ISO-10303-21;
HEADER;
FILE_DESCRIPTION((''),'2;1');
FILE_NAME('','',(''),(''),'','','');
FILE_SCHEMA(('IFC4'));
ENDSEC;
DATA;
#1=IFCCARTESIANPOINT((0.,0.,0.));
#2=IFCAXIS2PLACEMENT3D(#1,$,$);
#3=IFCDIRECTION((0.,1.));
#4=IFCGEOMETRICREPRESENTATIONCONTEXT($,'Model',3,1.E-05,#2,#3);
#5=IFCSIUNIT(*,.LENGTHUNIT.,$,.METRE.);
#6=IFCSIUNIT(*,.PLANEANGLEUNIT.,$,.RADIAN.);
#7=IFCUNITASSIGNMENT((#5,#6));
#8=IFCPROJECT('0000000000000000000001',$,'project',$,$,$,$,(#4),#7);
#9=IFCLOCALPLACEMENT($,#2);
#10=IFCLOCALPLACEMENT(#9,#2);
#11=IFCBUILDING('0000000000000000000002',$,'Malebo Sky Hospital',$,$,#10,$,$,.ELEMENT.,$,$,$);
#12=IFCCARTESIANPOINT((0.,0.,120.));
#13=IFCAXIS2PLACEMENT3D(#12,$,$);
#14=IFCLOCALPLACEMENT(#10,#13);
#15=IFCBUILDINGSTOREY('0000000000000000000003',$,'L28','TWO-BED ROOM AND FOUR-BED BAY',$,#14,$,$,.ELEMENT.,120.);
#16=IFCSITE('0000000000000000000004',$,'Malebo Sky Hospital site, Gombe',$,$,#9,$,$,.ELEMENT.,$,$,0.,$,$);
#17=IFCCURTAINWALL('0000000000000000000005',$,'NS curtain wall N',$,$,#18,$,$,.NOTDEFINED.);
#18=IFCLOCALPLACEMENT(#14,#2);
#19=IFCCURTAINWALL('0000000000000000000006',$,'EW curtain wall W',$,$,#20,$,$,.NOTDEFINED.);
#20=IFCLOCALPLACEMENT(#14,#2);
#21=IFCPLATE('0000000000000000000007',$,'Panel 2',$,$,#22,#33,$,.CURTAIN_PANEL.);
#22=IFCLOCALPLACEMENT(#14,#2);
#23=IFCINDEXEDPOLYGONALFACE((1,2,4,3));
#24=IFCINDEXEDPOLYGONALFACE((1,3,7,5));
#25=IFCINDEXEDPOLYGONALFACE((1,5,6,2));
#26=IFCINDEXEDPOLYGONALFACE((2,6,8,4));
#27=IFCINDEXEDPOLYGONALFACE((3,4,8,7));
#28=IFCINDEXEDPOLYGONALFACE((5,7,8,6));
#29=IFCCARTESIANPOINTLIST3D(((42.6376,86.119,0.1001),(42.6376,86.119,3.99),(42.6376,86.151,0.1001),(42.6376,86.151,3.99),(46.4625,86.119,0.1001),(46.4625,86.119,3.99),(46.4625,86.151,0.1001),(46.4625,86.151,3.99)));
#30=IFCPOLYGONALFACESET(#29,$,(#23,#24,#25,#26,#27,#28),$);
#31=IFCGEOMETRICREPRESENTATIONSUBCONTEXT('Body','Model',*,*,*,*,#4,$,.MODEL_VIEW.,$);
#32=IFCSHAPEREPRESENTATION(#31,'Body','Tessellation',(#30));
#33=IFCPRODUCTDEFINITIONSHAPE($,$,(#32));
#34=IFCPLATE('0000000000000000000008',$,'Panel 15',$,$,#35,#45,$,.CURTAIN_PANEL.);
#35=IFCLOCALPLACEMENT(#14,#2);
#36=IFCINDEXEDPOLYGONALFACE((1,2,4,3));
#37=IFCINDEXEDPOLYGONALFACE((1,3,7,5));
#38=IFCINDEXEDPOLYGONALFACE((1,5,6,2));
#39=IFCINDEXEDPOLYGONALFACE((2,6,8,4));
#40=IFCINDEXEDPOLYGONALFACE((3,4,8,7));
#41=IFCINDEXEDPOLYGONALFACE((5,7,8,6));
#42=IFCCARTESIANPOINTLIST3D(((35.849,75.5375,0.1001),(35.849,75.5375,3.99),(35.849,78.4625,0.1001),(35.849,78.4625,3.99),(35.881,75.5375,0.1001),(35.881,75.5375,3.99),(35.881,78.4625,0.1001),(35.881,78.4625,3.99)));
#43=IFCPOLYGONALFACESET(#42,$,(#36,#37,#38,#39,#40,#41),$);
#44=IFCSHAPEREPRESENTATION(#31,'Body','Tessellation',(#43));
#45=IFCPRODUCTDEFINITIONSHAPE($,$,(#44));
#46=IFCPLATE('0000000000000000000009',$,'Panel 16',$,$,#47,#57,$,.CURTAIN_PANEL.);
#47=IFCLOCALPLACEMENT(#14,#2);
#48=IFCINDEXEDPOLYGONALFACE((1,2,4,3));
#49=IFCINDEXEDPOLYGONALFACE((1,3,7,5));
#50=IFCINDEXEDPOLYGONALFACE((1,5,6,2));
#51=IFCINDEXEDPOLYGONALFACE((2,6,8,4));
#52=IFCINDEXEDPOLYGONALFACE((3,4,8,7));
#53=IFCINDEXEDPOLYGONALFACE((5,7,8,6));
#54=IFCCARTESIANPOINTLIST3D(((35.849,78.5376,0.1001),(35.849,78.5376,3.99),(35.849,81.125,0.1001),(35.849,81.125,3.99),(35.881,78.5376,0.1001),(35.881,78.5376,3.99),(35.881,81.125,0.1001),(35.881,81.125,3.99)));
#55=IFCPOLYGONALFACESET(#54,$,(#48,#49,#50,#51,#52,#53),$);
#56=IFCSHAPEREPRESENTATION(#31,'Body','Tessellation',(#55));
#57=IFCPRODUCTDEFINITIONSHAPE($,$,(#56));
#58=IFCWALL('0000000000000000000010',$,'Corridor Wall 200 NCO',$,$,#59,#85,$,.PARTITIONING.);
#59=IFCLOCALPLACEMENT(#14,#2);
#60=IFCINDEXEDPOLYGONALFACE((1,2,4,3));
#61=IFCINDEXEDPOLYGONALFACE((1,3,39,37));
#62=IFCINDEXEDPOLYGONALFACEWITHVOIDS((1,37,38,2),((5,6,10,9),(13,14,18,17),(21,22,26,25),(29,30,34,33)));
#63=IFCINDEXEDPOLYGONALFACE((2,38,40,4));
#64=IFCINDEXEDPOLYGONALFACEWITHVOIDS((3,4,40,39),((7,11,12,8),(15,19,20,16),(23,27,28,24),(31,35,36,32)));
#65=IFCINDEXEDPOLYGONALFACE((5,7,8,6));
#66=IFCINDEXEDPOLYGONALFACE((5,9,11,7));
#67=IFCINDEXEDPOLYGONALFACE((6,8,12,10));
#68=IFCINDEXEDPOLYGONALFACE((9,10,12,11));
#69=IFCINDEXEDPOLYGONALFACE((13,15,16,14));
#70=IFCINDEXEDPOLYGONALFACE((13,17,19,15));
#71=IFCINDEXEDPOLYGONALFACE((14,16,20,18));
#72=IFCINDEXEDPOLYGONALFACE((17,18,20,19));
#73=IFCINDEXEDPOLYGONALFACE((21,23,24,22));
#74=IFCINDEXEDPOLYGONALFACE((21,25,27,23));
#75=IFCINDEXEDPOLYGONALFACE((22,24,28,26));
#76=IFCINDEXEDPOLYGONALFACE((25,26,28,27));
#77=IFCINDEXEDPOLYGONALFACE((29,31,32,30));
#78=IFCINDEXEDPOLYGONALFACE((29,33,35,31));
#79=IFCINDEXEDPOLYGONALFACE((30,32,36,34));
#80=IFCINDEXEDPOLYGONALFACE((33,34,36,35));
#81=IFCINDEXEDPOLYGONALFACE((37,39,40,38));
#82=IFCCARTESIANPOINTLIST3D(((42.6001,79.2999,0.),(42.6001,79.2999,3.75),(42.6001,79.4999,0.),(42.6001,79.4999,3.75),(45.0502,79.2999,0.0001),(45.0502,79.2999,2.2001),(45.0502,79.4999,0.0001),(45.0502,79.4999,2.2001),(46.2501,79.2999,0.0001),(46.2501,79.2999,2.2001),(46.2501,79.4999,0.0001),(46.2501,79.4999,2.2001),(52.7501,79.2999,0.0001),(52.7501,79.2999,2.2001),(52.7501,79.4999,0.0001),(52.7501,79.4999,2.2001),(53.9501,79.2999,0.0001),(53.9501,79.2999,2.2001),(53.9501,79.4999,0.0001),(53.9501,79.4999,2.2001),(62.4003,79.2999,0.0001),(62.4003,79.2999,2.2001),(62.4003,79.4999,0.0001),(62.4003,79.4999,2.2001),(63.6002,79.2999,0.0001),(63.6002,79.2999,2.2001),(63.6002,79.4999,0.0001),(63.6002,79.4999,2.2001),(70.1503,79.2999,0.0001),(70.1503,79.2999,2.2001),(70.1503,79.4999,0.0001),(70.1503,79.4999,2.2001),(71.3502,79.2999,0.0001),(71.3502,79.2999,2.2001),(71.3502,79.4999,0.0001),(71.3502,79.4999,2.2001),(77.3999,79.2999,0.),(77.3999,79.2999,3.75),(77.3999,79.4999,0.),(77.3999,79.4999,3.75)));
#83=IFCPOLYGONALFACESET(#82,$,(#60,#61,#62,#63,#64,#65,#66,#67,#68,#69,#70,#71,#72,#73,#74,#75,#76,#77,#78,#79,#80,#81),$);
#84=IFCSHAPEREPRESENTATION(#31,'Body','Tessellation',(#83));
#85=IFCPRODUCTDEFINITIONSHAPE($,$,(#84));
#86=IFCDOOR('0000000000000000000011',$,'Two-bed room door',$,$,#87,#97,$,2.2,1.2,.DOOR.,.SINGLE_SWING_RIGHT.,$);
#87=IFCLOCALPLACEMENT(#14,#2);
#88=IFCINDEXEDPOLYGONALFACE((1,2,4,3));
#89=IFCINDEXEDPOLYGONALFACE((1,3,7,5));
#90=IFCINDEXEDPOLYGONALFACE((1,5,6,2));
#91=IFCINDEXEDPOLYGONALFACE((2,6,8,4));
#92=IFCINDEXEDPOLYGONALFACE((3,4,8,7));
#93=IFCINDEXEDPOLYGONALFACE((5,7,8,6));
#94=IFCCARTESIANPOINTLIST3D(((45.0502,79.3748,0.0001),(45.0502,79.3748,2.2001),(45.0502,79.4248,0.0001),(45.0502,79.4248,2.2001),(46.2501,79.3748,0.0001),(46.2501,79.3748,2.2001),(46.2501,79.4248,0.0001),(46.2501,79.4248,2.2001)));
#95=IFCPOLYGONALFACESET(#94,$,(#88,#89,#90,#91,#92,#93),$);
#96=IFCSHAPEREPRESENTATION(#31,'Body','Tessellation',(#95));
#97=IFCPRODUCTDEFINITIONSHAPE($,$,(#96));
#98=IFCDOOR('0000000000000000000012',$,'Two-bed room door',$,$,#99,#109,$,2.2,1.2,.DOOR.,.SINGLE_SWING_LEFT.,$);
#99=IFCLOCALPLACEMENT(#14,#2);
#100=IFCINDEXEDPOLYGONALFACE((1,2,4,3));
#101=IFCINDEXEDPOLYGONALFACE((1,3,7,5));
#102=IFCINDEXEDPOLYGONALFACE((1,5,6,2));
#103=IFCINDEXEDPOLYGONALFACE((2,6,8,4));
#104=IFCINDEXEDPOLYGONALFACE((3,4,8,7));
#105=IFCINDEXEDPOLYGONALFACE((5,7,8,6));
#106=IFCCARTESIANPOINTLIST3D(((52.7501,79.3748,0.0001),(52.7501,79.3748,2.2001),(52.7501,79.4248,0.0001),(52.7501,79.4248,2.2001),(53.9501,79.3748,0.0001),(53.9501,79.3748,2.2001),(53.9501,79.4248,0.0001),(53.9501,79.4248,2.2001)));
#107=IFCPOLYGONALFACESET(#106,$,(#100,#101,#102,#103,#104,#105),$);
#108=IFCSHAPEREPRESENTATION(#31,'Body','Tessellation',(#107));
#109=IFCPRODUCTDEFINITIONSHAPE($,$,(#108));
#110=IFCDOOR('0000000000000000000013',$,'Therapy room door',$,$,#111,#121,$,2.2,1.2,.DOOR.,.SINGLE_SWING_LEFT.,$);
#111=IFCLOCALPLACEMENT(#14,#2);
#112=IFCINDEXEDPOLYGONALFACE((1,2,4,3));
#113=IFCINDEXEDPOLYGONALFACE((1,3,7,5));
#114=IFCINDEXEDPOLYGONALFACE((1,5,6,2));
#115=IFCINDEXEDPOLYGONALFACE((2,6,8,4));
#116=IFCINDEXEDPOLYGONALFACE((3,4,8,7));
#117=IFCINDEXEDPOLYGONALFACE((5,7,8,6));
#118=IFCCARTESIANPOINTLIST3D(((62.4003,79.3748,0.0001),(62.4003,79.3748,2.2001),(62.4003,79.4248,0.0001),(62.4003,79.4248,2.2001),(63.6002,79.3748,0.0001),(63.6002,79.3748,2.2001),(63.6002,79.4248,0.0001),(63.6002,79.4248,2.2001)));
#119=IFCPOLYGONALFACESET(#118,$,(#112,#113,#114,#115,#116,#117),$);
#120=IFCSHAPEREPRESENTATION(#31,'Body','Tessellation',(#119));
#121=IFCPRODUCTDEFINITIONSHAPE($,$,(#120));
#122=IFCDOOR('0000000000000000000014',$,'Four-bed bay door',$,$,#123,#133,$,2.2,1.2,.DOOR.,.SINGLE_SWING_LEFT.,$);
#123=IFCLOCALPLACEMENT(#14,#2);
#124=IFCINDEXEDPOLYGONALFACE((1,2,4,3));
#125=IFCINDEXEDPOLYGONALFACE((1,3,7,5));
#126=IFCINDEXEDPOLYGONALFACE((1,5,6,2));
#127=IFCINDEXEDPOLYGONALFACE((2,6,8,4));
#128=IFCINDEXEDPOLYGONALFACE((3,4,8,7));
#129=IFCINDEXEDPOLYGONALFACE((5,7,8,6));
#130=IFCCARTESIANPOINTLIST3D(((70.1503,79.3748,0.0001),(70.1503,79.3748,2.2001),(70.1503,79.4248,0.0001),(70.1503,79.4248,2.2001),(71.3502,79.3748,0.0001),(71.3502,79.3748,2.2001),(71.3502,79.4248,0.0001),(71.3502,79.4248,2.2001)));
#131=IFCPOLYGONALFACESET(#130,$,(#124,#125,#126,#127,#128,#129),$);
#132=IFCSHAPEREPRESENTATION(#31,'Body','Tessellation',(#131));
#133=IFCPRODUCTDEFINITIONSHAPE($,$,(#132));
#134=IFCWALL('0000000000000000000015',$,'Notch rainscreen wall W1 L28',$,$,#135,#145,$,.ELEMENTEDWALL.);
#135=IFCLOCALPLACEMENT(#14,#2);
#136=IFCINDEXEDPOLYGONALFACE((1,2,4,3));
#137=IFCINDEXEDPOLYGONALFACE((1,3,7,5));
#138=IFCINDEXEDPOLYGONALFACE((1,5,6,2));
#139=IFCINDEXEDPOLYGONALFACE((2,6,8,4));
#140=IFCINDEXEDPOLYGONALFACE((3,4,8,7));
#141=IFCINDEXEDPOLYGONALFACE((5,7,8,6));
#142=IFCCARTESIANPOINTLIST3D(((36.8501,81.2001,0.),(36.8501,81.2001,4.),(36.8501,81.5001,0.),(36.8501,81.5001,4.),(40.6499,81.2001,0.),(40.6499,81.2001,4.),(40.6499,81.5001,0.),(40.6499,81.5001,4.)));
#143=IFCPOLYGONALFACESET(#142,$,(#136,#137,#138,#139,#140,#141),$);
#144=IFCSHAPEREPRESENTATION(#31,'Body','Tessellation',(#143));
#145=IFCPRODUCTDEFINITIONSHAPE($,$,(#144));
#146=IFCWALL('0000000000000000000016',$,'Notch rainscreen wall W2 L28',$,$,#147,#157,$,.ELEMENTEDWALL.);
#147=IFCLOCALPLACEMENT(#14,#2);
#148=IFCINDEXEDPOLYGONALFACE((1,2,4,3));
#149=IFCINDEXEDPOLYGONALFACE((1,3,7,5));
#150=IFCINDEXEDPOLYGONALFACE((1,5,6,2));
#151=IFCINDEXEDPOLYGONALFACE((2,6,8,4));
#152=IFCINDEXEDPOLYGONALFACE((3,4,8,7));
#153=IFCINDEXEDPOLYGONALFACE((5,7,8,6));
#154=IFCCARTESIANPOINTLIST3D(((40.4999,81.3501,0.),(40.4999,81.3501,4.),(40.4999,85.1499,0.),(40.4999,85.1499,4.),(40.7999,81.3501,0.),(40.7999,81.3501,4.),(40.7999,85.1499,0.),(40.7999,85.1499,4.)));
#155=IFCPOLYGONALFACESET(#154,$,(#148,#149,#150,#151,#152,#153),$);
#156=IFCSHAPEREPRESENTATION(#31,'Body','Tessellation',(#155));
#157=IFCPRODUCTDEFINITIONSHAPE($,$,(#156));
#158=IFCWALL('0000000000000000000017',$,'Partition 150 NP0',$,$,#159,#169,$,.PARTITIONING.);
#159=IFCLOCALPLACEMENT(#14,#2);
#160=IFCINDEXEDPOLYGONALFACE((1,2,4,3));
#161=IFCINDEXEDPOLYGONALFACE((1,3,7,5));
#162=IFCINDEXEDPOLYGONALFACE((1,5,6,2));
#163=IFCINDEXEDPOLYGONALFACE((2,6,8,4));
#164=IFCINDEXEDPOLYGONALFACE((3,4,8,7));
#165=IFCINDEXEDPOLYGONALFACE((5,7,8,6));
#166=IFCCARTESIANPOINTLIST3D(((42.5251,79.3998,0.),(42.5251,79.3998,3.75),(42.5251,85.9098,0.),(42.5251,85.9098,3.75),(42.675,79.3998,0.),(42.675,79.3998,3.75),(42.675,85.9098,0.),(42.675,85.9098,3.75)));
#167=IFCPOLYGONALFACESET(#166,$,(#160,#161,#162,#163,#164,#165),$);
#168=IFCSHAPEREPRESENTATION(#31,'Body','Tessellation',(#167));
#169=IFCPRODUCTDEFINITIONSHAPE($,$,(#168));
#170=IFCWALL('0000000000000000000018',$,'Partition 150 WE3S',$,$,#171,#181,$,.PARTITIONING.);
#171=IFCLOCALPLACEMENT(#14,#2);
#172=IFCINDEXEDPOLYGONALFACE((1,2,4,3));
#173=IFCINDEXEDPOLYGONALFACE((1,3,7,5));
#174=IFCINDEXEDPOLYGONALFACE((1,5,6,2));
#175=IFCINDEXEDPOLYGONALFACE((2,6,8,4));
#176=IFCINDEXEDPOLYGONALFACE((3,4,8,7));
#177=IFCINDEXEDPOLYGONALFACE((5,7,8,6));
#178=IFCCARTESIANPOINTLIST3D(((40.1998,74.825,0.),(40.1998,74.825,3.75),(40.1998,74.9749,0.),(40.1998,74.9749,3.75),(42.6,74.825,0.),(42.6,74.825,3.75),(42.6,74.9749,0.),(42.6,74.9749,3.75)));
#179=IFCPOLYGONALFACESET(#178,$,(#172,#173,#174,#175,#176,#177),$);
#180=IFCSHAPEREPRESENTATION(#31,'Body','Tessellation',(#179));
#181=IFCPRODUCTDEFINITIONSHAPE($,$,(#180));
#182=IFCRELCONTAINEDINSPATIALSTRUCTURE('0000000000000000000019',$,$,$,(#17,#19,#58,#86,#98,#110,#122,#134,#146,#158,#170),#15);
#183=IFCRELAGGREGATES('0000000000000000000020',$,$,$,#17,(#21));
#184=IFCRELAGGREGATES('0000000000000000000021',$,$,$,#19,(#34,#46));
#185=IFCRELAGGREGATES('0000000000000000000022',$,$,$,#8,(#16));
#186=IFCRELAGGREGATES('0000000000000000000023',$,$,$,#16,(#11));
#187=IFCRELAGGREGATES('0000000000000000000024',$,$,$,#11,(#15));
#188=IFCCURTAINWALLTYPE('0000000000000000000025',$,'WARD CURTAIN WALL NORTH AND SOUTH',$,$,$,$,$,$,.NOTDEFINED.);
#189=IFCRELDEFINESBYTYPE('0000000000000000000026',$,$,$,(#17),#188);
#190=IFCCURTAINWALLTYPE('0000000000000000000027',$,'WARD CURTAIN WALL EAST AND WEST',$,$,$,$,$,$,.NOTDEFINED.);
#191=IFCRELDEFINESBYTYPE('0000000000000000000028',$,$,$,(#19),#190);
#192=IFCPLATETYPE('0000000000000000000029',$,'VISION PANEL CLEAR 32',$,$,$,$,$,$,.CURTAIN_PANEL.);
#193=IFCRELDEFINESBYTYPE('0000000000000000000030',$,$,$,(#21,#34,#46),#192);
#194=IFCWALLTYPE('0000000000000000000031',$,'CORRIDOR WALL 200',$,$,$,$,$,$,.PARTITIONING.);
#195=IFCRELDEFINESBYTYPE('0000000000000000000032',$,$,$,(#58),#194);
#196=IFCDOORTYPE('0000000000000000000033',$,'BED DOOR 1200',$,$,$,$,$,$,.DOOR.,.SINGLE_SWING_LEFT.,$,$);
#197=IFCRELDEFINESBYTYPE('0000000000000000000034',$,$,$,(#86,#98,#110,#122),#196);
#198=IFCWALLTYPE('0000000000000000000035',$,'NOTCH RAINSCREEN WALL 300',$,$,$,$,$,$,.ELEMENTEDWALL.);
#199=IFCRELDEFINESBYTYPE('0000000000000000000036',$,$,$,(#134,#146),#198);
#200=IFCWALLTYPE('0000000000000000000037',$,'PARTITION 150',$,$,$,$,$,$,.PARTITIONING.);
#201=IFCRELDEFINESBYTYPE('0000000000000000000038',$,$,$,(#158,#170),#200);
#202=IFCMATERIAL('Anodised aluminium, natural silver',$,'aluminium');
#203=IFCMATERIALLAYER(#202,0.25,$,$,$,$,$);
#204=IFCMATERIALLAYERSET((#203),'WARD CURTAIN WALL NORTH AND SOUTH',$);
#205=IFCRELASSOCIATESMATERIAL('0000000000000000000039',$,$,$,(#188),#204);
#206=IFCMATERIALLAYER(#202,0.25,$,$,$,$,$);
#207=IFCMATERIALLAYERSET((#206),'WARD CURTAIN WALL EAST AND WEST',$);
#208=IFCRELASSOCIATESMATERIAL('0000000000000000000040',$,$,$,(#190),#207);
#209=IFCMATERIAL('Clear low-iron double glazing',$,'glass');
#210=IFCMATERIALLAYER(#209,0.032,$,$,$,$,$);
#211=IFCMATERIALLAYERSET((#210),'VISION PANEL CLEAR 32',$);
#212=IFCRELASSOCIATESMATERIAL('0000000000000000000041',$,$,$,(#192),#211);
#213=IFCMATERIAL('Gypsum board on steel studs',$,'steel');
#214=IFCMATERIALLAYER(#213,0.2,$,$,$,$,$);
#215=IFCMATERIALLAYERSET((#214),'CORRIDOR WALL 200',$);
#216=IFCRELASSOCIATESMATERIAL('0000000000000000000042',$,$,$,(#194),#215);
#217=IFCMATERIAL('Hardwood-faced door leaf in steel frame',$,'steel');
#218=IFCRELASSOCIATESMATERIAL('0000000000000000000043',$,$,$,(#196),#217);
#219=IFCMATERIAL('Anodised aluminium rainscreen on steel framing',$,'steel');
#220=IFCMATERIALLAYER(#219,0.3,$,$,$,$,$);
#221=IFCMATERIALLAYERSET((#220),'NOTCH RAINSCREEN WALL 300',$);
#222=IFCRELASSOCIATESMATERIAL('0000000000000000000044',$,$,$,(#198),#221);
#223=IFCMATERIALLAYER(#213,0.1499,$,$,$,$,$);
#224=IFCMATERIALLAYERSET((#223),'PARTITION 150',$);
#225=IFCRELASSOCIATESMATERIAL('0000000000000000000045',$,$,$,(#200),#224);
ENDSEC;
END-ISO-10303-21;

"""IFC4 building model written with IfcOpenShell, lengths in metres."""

from ifc_helpers import new_model, si_unit, direction, frame, frame_2d, origin, origin_2d, place, context, subcontext, project, spatial, rectangle, extrude, material, layer, layer_set, type_object, element, fill, aggregate, save


model = new_model("IFC4")

# Units and contexts
model_context = context("Model", 3, precision=1e-05, world=origin(), true_north=direction((0.0, 1.0)))
body_context = subcontext(model_context, "Body", "Model", "MODEL_VIEW")
ifc_project = project(units=[si_unit("LENGTHUNIT", "METRE"), si_unit("PLANEANGLEUNIT", "RADIAN")], contexts=[model_context])

# Site, building, storey
site_placement = place(None, origin())
site = spatial("IfcSite", under=ifc_project, at=site_placement, Name="Malebo Sky Hospital site, Gombe", CompositionType="ELEMENT", RefElevation=0.0)
building_placement = place(site_placement, origin())
building = spatial("IfcBuilding", under=site, at=building_placement, Name="Malebo Sky Hospital", CompositionType="ELEMENT")
storey_placement = place(building_placement, frame((0.0, 0.0, 120.0)))
storey = spatial("IfcBuildingStorey", under=building, at=storey_placement, Name="L28", Description="TWO-BED ROOM AND FOUR-BED BAY", CompositionType="ELEMENT", Elevation=120.0)

# Curtain walls
ifc_material_1 = material(Name="Anodised aluminium, natural silver", Category="aluminium")
ifc_layer_1 = layer(ifc_material_1, 0.25)
ifc_layer_set_1 = layer_set([ifc_layer_1], Name="WARD CURTAIN WALL NORTH AND SOUTH")
curtain_wall_type_1 = type_object("IfcCurtainWallType", Name="WARD CURTAIN WALL NORTH AND SOUTH", PredefinedType="NOTDEFINED", material=ifc_layer_set_1)
curtain_wall_1_placement = place(storey_placement, origin())
curtain_wall_1 = element("IfcCurtainWall", 1, at=curtain_wall_1_placement, inside=storey, type_object=curtain_wall_type_1, Name="NS curtain wall N", PredefinedType="NOTDEFINED")
ifc_layer_2 = layer(ifc_material_1, 0.25)
ifc_layer_set_2 = layer_set([ifc_layer_2], Name="WARD CURTAIN WALL EAST AND WEST")
curtain_wall_type_2 = type_object("IfcCurtainWallType", Name="WARD CURTAIN WALL EAST AND WEST", PredefinedType="NOTDEFINED", material=ifc_layer_set_2)
curtain_wall_2_placement = place(storey_placement, origin())
curtain_wall_2 = element("IfcCurtainWall", 2, at=curtain_wall_2_placement, inside=storey, type_object=curtain_wall_type_2, Name="EW curtain wall W", PredefinedType="NOTDEFINED")

# Plates
ifc_material_2 = material(Name="Clear low-iron double glazing", Category="glass")
ifc_layer_3 = layer(ifc_material_2, 0.032)
ifc_layer_set_3 = layer_set([ifc_layer_3], Name="VISION PANEL CLEAR 32")
plate_type = type_object("IfcPlateType", Name="VISION PANEL CLEAR 32", PredefinedType="CURTAIN_PANEL", material=ifc_layer_set_3)
plate_1_placement = place(storey_placement, frame((44.55, 86.135, 0.1001), z_axis=(0.0, 0.0, 1.0), x_axis=(1.0, 0.0, 0.0)))
plate_1 = element("IfcPlate", 3, at=plate_1_placement, type_object=plate_type, Name="Panel 2", PredefinedType="CURTAIN_PANEL", context=body_context, shape_type="SweptSolid", body=[
    extrude(rectangle(XDim=3.825, YDim=0.032, at=origin_2d()), origin(), (0.0, 0.0, 1.0), 3.8899),
])
aggregate(curtain_wall_1, [plate_1])
plate_2_placement = place(storey_placement, frame((35.865, 77.0, 0.1001), z_axis=(0.0, 0.0, 1.0), x_axis=(0.0, 1.0, 0.0)))
plate_2 = element("IfcPlate", 4, at=plate_2_placement, type_object=plate_type, Name="Panel 15", PredefinedType="CURTAIN_PANEL", context=body_context, shape_type="SweptSolid", body=[
    extrude(rectangle(XDim=2.925, YDim=0.032, at=origin_2d()), origin(), (0.0, 0.0, 1.0), 3.8899),
])
plate_3_placement = place(storey_placement, frame((35.865, 79.8313, 0.1001), z_axis=(0.0, 0.0, 1.0), x_axis=(0.0, 1.0, 0.0)))
plate_3 = element("IfcPlate", 5, at=plate_3_placement, type_object=plate_type, Name="Panel 16", PredefinedType="CURTAIN_PANEL", context=body_context, shape_type="SweptSolid", body=[
    extrude(rectangle(XDim=2.5874, YDim=0.032, at=origin_2d()), origin(), (0.0, 0.0, 1.0), 3.8899),
])
aggregate(curtain_wall_2, [plate_2, plate_3])

# Wall, openings, doors
ifc_material_3 = material(Name="Gypsum board on steel studs", Category="steel")
ifc_layer_4 = layer(ifc_material_3, 0.2)
ifc_layer_set_4 = layer_set([ifc_layer_4], Name="CORRIDOR WALL 200")
wall_type_1 = type_object("IfcWallType", Name="CORRIDOR WALL 200", PredefinedType="PARTITIONING", material=ifc_layer_set_4)
wall_1_placement = place(storey_placement, frame((42.6001, 79.3999, 0.0), z_axis=(0.0, 0.0, 1.0), x_axis=(1.0, 0.0, 0.0)))
wall_1 = element("IfcWall", 6, at=wall_1_placement, inside=storey, type_object=wall_type_1, Name="Corridor Wall 200 NCO", PredefinedType="PARTITIONING", context=body_context, shape_type="SweptSolid", body=[
    extrude(rectangle(XDim=34.7998, YDim=0.2, at=frame_2d((17.3999, 0.0))), origin(), (0.0, 0.0, 1.0), 3.75),
])
opening_1_placement = place(wall_1_placement, frame((2.45, 0.0, 0.0)))
opening_1 = element("IfcOpeningElement", 7, at=opening_1_placement, cuts=wall_1, PredefinedType="OPENING", context=body_context, shape_type="SweptSolid", body=[
    extrude(rectangle(XDim=1.2, YDim=2.2, at=frame_2d((0.6001, 1.1001))), frame((0.0, 0.1099, 0.0), z_axis=(0.0, -1.0, 0.0), x_axis=(1.0, 0.0, 0.0)), (0.0, 0.0, 1.0), 0.22),
])
opening_2_placement = place(wall_1_placement, frame((10.1499, 0.0, 0.0)))
opening_2 = element("IfcOpeningElement", 8, at=opening_2_placement, cuts=wall_1, PredefinedType="OPENING", context=body_context, shape_type="SweptSolid", body=[
    extrude(rectangle(XDim=1.2, YDim=2.2, at=frame_2d((0.6001, 1.1001))), frame((0.0, 0.1099, 0.0), z_axis=(0.0, -1.0, 0.0), x_axis=(1.0, 0.0, 0.0)), (0.0, 0.0, 1.0), 0.22),
])
opening_3_placement = place(wall_1_placement, frame((19.8, 0.0, 0.0)))
opening_3 = element("IfcOpeningElement", 9, at=opening_3_placement, cuts=wall_1, PredefinedType="OPENING", context=body_context, shape_type="SweptSolid", body=[
    extrude(rectangle(XDim=1.2, YDim=2.2, at=frame_2d((0.6001, 1.1001))), frame((0.0, 0.1099, 0.0), z_axis=(0.0, -1.0, 0.0), x_axis=(1.0, 0.0, 0.0)), (0.0, 0.0, 1.0), 0.22),
])
opening_4_placement = place(wall_1_placement, frame((27.55, 0.0, 0.0)))
opening_4 = element("IfcOpeningElement", 10, at=opening_4_placement, cuts=wall_1, PredefinedType="OPENING", context=body_context, shape_type="SweptSolid", body=[
    extrude(rectangle(XDim=1.2, YDim=2.2, at=frame_2d((0.6001, 1.1001))), frame((0.0, 0.1099, 0.0), z_axis=(0.0, -1.0, 0.0), x_axis=(1.0, 0.0, 0.0)), (0.0, 0.0, 1.0), 0.22),
])
ifc_material_4 = material(Name="Hardwood-faced door leaf in steel frame", Category="steel")
door_type_1 = type_object("IfcDoorType", Name="BED DOOR 1200", OperationType="SINGLE_SWING_LEFT", PredefinedType="DOOR", material=ifc_material_4)
door_1_placement = place(opening_1_placement, origin())
door_1 = element("IfcDoor", 11, at=door_1_placement, inside=storey, type_object=door_type_1, Name="Two-bed room door", OperationType="SINGLE_SWING_RIGHT", OverallHeight=2.2, OverallWidth=1.2, PredefinedType="DOOR", context=body_context, shape_type="SweptSolid", body=[
    extrude(rectangle(XDim=1.2, YDim=2.2, at=frame_2d((0.6001, 1.1001))), frame((0.0, 0.0249, 0.0), z_axis=(0.0, -1.0, 0.0), x_axis=(1.0, 0.0, 0.0)), (0.0, 0.0, 1.0), 0.05),
])
fill(opening_1, door_1)
door_2_placement = place(opening_2_placement, origin())
door_2 = element("IfcDoor", 12, at=door_2_placement, inside=storey, type_object=door_type_1, Name="Two-bed room door", OperationType="SINGLE_SWING_LEFT", OverallHeight=2.2, OverallWidth=1.2, PredefinedType="DOOR", context=body_context, shape_type="SweptSolid", body=[
    extrude(rectangle(XDim=1.2, YDim=2.2, at=frame_2d((0.6001, 1.1001))), frame((0.0, 0.0249, 0.0), z_axis=(0.0, -1.0, 0.0), x_axis=(1.0, 0.0, 0.0)), (0.0, 0.0, 1.0), 0.05),
])
fill(opening_2, door_2)
door_3_placement = place(opening_3_placement, origin())
door_3 = element("IfcDoor", 13, at=door_3_placement, inside=storey, type_object=door_type_1, Name="Therapy room door", OperationType="SINGLE_SWING_LEFT", OverallHeight=2.2, OverallWidth=1.2, PredefinedType="DOOR", context=body_context, shape_type="SweptSolid", body=[
    extrude(rectangle(XDim=1.2, YDim=2.2, at=frame_2d((0.6001, 1.1001))), frame((0.0, 0.0249, 0.0), z_axis=(0.0, -1.0, 0.0), x_axis=(1.0, 0.0, 0.0)), (0.0, 0.0, 1.0), 0.05),
])
fill(opening_3, door_3)
door_4_placement = place(opening_4_placement, origin())
door_4 = element("IfcDoor", 14, at=door_4_placement, inside=storey, type_object=door_type_1, Name="Four-bed bay door", OperationType="SINGLE_SWING_LEFT", OverallHeight=2.2, OverallWidth=1.2, PredefinedType="DOOR", context=body_context, shape_type="SweptSolid", body=[
    extrude(rectangle(XDim=1.2, YDim=2.2, at=frame_2d((0.6001, 1.1001))), frame((0.0, 0.0249, 0.0), z_axis=(0.0, -1.0, 0.0), x_axis=(1.0, 0.0, 0.0)), (0.0, 0.0, 1.0), 0.05),
])
fill(opening_4, door_4)

# Walls
ifc_material_5 = material(Name="Anodised aluminium rainscreen on steel framing", Category="steel")
ifc_layer_5 = layer(ifc_material_5, 0.3)
ifc_layer_set_5 = layer_set([ifc_layer_5], Name="NOTCH RAINSCREEN WALL 300")
wall_type_2 = type_object("IfcWallType", Name="NOTCH RAINSCREEN WALL 300", PredefinedType="ELEMENTEDWALL", material=ifc_layer_set_5)
for number, where, z_axis, x_axis, name in (
    (15, (36.8501, 81.3501, 0.0), (0.0, 0.0, 1.0), (1.0, 0.0, 0.0), "Notch rainscreen wall W1 L28"),
    (16, (40.6499, 81.3501, 0.0), (0.0, 0.0, 1.0), (0.0, 1.0, 0.0), "Notch rainscreen wall W2 L28"),
):
    element("IfcWall", number, at=place(storey_placement, frame(where, z_axis=z_axis, x_axis=x_axis)), inside=storey, type_object=wall_type_2, Name=name, PredefinedType="ELEMENTEDWALL", context=body_context, shape_type="SweptSolid", body=[
        extrude(rectangle(XDim=3.7998, YDim=0.3, at=frame_2d((1.8999, 0.0))), origin(), (0.0, 0.0, 1.0), 4.0),
    ])
ifc_layer_6 = layer(ifc_material_3, 0.1499)
ifc_layer_set_6 = layer_set([ifc_layer_6], Name="PARTITION 150")
wall_type_3 = type_object("IfcWallType", Name="PARTITION 150", PredefinedType="PARTITIONING", material=ifc_layer_set_6)
wall_2_placement = place(storey_placement, frame((42.6001, 79.3999, 0.0), z_axis=(0.0, 0.0, 1.0), x_axis=(0.0, 1.0, 0.0)))
element("IfcWall", 17, at=wall_2_placement, inside=storey, type_object=wall_type_3, Name="Partition 150 NP0", PredefinedType="PARTITIONING", context=body_context, shape_type="SweptSolid", body=[
    extrude(rectangle(XDim=6.51, YDim=0.1499, at=frame_2d((3.2549, 0.0))), origin(), (0.0, 0.0, 1.0), 3.75),
])
wall_3_placement = place(storey_placement, frame((42.6001, 74.8999, 0.0), z_axis=(0.0, 0.0, 1.0), x_axis=(-1.0, 0.0, 0.0)))
element("IfcWall", 18, at=wall_3_placement, inside=storey, type_object=wall_type_3, Name="Partition 150 WE3S", PredefinedType="PARTITIONING", context=body_context, shape_type="SweptSolid", body=[
    extrude(rectangle(XDim=2.4001, YDim=0.1499, at=frame_2d((1.2002, 0.0))), origin(), (0.0, 0.0, 1.0), 3.75),
])

save(model, "model.ifc")
